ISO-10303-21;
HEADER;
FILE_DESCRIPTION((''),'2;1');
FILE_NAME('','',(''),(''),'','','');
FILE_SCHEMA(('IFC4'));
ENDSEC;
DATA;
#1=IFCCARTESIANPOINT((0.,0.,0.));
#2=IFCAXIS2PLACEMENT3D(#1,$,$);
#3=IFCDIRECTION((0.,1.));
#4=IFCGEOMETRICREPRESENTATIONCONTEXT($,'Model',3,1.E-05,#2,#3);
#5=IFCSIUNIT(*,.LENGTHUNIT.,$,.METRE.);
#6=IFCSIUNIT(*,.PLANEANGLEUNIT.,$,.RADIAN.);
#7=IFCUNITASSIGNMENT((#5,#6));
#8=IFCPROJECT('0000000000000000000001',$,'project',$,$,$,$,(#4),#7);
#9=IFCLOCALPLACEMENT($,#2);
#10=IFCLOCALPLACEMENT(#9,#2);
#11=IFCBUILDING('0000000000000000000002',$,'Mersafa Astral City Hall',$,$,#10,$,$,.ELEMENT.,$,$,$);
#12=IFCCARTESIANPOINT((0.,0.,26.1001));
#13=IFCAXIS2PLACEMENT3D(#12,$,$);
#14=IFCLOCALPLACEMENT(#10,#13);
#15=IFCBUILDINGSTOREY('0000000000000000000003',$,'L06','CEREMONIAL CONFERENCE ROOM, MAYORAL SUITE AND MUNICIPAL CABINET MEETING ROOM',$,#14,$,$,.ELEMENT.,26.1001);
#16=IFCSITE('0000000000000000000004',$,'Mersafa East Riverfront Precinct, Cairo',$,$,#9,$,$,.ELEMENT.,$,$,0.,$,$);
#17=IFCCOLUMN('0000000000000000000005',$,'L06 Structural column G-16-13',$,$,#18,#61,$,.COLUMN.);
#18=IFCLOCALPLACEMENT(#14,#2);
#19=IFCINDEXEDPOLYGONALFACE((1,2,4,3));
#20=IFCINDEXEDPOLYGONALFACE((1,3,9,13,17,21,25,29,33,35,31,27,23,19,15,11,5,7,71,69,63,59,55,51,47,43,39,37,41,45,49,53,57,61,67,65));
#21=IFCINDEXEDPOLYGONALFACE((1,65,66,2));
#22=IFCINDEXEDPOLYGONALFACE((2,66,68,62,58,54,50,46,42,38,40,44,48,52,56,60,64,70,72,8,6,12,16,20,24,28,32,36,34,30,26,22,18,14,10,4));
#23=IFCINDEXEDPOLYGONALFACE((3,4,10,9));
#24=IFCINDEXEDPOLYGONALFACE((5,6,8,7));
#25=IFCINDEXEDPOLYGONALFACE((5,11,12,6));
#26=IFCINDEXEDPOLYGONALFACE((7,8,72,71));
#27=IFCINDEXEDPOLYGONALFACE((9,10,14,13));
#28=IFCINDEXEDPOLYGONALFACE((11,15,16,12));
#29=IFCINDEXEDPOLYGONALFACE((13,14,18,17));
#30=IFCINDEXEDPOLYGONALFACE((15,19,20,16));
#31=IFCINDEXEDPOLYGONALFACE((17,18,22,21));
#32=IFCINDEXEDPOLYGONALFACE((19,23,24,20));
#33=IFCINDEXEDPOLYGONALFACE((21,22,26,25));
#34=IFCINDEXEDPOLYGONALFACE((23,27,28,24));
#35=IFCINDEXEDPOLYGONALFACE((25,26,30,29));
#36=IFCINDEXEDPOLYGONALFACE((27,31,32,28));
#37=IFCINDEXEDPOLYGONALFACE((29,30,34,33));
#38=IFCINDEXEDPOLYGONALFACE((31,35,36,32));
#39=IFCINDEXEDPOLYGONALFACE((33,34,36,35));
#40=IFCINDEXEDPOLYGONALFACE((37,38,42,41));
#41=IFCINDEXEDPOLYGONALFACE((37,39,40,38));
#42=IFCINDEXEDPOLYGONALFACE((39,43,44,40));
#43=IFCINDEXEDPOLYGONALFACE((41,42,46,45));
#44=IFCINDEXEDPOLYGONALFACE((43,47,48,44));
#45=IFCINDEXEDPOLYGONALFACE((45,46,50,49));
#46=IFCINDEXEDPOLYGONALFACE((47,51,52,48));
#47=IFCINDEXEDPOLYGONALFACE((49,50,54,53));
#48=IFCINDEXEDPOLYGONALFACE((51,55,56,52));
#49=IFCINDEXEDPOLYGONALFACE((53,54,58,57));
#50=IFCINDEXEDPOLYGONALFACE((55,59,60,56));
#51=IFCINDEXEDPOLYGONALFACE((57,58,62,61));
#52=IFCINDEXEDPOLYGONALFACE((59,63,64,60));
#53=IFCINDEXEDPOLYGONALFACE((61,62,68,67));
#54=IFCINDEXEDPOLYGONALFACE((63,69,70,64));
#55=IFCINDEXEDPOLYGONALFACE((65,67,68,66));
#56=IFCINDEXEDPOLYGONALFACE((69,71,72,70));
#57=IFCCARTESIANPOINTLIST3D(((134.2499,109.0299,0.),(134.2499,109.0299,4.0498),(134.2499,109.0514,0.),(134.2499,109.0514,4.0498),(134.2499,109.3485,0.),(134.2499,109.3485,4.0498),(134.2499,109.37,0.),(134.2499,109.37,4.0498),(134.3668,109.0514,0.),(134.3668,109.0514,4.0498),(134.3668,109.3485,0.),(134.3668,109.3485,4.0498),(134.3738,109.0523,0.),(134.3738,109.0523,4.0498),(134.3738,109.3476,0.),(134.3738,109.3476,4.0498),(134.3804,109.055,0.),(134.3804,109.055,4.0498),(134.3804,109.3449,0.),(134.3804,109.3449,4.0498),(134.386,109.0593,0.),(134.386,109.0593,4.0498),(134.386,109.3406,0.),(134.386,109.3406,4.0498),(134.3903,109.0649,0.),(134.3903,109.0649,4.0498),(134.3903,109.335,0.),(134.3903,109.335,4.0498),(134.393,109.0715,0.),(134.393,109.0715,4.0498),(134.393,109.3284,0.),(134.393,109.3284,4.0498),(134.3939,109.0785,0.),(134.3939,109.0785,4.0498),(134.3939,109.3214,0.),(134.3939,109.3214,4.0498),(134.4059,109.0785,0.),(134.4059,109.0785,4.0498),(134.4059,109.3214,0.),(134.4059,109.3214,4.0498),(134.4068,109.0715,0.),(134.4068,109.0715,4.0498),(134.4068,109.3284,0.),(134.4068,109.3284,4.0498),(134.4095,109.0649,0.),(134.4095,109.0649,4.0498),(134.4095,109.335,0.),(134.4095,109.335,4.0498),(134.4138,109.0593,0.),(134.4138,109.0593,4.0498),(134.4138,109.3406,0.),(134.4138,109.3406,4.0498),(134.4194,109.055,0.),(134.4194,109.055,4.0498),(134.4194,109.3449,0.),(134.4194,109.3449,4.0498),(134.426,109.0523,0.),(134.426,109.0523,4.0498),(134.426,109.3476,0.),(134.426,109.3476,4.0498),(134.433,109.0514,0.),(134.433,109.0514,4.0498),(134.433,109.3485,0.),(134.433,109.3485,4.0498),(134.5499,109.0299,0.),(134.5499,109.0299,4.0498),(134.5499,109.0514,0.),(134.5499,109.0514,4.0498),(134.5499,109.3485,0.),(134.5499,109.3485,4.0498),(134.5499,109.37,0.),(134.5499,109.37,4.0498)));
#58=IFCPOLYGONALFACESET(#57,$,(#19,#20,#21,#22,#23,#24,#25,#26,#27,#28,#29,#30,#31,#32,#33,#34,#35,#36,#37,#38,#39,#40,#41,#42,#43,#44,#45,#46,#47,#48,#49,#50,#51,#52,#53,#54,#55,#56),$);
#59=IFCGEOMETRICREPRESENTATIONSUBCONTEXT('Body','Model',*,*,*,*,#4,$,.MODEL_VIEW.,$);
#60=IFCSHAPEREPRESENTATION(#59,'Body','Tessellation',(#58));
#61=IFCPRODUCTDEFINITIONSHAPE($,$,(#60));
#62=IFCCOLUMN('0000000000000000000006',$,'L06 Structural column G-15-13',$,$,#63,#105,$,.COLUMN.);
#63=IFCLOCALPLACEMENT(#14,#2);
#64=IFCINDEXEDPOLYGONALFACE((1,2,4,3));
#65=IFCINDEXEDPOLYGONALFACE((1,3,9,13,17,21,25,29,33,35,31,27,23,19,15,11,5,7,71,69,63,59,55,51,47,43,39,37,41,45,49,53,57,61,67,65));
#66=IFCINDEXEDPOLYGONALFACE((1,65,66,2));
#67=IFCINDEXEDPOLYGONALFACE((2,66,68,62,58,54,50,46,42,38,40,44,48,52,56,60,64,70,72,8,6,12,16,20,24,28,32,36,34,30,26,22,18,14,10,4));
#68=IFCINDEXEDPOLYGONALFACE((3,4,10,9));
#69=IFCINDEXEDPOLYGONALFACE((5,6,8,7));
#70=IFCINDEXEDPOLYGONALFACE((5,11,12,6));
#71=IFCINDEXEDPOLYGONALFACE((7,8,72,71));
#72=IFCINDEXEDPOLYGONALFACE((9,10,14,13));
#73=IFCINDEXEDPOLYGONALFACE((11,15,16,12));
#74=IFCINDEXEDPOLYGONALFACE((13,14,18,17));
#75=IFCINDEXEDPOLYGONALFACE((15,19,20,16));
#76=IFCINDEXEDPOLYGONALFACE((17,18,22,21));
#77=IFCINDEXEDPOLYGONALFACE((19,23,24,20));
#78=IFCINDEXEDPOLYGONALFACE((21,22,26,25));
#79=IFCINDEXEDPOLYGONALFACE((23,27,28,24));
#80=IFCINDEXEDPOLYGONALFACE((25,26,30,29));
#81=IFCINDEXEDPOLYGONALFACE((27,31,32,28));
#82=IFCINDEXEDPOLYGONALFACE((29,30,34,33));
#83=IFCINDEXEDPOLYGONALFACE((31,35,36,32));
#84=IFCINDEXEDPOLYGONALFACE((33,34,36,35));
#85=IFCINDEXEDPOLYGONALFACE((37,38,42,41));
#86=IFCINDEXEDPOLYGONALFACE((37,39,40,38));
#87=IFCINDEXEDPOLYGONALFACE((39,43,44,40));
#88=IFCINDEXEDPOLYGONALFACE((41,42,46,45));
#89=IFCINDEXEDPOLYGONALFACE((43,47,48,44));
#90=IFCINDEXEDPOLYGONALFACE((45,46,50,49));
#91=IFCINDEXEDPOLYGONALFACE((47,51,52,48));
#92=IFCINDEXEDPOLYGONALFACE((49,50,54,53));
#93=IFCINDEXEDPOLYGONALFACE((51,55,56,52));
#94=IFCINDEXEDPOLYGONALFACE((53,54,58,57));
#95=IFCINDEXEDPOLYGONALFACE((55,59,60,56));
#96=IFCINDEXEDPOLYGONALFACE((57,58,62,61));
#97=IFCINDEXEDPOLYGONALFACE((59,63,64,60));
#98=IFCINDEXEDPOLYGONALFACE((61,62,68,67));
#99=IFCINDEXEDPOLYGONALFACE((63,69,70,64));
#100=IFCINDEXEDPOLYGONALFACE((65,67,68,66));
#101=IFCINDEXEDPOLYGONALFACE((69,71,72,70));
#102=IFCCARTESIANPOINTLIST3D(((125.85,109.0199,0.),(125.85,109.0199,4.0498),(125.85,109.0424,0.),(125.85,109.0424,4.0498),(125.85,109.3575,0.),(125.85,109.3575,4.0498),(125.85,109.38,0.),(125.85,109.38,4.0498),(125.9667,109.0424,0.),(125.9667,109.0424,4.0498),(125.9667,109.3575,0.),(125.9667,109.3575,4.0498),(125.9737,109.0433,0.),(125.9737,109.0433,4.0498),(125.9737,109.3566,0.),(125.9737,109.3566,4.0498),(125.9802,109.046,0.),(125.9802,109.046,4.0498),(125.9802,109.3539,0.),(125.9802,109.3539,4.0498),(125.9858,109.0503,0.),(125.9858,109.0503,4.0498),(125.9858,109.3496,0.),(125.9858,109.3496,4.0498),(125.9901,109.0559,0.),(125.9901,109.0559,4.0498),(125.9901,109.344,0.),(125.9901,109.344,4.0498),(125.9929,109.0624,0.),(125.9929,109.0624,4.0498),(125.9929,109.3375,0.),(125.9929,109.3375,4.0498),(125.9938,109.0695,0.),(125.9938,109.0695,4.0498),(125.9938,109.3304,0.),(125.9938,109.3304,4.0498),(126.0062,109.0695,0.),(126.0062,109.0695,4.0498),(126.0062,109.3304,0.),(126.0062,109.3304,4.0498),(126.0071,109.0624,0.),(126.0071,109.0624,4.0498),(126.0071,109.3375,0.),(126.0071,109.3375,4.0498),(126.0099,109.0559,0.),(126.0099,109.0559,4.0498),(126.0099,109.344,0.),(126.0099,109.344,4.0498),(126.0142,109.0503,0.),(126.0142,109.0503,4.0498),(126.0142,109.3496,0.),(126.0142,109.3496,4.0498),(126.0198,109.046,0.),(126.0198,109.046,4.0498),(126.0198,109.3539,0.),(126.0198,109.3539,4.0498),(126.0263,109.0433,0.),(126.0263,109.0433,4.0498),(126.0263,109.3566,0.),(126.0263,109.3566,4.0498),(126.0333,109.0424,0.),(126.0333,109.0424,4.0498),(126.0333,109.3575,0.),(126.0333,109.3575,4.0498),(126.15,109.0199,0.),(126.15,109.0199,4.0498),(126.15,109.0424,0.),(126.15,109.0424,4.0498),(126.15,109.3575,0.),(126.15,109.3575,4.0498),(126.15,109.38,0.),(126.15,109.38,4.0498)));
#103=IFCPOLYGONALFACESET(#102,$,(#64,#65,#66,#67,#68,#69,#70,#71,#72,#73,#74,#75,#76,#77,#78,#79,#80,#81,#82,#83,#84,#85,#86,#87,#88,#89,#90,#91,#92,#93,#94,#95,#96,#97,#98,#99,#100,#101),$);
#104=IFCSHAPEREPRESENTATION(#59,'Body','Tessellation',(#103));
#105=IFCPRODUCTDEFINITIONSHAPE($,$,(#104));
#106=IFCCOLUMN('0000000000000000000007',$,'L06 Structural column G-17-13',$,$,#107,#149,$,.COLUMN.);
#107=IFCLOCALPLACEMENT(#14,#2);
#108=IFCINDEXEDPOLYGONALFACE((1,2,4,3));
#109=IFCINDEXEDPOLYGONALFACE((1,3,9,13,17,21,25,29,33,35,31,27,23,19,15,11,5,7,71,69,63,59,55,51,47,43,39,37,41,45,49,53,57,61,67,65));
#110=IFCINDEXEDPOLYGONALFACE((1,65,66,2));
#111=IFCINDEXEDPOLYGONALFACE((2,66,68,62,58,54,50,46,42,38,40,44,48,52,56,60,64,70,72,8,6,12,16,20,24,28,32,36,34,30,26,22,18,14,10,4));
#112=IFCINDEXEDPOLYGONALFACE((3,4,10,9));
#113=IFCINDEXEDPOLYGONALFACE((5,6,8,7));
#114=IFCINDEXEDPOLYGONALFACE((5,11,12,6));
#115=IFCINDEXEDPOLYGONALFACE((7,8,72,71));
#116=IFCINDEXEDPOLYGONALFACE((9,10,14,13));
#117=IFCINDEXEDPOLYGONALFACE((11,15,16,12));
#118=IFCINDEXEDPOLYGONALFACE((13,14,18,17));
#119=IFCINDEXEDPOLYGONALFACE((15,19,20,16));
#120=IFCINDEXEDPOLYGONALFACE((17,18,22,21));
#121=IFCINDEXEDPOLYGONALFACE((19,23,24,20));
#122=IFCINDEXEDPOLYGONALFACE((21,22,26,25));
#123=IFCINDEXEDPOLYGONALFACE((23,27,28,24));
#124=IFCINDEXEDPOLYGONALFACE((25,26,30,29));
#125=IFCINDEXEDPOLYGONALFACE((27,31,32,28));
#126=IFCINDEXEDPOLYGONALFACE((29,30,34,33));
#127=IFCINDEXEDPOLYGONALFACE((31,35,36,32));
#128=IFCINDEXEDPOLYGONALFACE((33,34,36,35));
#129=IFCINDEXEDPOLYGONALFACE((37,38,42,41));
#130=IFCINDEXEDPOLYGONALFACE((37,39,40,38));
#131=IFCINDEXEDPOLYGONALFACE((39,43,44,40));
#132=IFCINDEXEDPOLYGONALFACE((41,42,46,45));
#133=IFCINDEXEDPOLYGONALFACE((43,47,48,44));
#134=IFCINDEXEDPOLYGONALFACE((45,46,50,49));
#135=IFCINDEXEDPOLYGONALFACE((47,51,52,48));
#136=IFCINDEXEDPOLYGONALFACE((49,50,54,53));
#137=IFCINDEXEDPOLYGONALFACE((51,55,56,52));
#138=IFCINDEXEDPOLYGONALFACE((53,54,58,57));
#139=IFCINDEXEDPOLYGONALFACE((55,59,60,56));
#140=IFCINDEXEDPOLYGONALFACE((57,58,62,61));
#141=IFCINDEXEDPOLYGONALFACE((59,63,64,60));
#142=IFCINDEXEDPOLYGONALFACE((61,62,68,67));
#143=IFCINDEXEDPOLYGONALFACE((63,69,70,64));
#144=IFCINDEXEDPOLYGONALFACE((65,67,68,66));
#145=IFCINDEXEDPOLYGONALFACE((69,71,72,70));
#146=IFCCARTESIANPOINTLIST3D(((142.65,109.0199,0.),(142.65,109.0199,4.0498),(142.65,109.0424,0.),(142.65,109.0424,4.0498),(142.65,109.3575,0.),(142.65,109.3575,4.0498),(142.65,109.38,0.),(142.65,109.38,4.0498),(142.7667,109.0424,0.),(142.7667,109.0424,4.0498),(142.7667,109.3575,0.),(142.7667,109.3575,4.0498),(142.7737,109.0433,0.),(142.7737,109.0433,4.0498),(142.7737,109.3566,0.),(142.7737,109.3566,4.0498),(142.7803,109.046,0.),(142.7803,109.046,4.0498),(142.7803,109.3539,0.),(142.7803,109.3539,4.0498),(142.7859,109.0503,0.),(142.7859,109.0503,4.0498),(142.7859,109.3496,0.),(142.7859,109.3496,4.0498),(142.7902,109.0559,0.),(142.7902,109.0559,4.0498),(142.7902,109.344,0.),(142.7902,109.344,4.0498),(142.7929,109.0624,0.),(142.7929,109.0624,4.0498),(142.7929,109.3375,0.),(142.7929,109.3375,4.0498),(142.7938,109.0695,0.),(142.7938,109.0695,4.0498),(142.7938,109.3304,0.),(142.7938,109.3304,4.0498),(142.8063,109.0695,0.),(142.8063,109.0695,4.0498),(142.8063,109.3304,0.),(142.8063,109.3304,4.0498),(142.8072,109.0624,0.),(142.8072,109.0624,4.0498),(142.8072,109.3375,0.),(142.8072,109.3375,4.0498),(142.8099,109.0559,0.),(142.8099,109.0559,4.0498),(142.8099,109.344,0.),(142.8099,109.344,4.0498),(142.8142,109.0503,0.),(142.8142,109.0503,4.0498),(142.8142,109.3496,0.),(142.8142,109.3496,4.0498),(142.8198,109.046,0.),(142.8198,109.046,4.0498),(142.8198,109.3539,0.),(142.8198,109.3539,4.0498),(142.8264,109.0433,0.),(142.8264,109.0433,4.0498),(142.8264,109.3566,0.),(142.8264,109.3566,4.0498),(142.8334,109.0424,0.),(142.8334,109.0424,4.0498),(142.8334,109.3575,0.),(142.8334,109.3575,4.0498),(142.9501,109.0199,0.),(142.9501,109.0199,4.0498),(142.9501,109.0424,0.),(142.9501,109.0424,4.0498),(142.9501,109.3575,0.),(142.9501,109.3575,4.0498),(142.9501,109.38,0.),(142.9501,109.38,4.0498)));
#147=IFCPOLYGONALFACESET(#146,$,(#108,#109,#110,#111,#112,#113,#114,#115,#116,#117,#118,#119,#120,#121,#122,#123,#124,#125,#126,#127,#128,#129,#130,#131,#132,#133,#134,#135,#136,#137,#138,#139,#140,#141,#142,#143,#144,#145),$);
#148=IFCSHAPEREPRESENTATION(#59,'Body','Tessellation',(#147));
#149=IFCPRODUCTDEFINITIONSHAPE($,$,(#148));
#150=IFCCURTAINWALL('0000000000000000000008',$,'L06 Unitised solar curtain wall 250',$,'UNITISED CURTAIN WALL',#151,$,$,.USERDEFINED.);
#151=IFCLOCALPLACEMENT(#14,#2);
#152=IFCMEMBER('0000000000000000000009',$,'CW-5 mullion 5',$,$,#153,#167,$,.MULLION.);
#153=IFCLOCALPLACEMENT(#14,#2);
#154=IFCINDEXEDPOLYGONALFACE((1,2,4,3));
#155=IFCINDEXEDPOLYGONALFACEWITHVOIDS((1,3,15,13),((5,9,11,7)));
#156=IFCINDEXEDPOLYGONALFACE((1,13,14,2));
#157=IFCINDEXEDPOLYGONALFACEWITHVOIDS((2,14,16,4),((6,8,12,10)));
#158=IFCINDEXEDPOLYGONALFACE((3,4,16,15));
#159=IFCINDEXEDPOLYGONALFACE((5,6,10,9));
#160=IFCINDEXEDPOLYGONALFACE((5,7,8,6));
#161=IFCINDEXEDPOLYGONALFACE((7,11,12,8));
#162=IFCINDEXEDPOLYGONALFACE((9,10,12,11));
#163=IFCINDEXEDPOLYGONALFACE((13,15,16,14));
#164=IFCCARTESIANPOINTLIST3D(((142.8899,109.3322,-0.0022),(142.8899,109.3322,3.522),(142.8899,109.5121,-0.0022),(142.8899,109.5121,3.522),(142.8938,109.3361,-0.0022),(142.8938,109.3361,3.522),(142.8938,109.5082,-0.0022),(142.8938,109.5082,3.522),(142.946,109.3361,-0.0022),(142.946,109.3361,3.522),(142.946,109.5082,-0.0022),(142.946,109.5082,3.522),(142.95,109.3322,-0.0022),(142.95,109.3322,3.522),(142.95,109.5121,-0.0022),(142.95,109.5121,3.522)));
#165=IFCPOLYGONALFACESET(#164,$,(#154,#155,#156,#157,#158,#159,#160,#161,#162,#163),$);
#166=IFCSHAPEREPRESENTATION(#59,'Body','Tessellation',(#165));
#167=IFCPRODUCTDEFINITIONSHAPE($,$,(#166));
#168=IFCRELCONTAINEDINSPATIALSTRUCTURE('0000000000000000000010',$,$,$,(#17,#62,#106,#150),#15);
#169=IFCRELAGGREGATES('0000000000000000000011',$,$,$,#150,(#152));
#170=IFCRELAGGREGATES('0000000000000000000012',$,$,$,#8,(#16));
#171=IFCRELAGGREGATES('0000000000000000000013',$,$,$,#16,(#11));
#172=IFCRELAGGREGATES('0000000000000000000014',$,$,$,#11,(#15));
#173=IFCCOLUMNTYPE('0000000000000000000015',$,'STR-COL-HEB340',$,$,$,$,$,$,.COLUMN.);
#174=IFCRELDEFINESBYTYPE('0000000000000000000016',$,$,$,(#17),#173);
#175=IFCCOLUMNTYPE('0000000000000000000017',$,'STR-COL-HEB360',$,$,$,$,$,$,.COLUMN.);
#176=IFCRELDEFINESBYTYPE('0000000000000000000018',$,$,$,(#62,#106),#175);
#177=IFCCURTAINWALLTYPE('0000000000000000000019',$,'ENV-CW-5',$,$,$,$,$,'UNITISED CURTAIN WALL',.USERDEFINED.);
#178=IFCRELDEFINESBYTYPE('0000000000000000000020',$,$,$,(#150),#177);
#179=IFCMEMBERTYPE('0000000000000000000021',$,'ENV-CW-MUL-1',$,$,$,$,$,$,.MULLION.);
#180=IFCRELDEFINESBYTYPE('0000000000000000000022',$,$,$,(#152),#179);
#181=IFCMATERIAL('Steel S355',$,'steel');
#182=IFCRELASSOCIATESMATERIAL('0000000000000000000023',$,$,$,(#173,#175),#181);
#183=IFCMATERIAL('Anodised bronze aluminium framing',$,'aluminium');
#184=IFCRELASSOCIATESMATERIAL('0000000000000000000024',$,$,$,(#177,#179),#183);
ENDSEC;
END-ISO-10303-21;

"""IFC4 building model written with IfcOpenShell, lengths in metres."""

from ifc_helpers import new_model, si_unit, direction, frame, origin, origin_2d, place, context, subcontext, project, spatial, hollow_rectangle, i_section, extrude, material, material_profile, profile_set, type_object, element, aggregate, save


model = new_model("IFC4")

# Units and contexts
model_context = context("Model", 3, precision=1e-05, world=origin(), true_north=direction((0.0, 1.0)))
body_context = subcontext(model_context, "Body", "Model", "MODEL_VIEW")
ifc_project = project(units=[si_unit("LENGTHUNIT", "METRE"), si_unit("PLANEANGLEUNIT", "RADIAN")], contexts=[model_context])

# Site, building, storey
site_placement = place(None, origin())
site = spatial("IfcSite", under=ifc_project, at=site_placement, Name="Mersafa East Riverfront Precinct, Cairo", CompositionType="ELEMENT", RefElevation=0.0)
building_placement = place(site_placement, origin())
building = spatial("IfcBuilding", under=site, at=building_placement, Name="Mersafa Astral City Hall", CompositionType="ELEMENT")
storey_placement = place(building_placement, frame((0.0, 0.0, 26.1001)))
storey = spatial("IfcBuildingStorey", under=building, at=storey_placement, Name="L06", Description="CEREMONIAL CONFERENCE ROOM, MAYORAL SUITE AND MUNICIPAL CABINET MEETING ROOM", CompositionType="ELEMENT", Elevation=26.1001)

# Columns
ifc_material_1 = material(Name="Steel S355", Category="steel")
ifc_material_profile_1 = material_profile(ifc_material_1, i_section(OverallWidth=0.3, OverallDepth=0.3401, WebThickness=0.012, FlangeThickness=0.0215, FilletRadius=0.0271, at=origin_2d()), Name="HEB 340")
ifc_profile_set_1 = profile_set([ifc_material_profile_1], Name="Steel S355")
column_type_1 = type_object("IfcColumnType", Name="STR-COL-HEB340", PredefinedType="COLUMN", material=ifc_profile_set_1)
column_placement = place(storey_placement, frame((134.3999, 109.2, 0.0), z_axis=(0.0, 0.0, 1.0), x_axis=(1.0, 0.0, 0.0)))
element("IfcColumn", 1, at=column_placement, inside=storey, type_object=column_type_1, Name="L06 Structural column G-16-13", PredefinedType="COLUMN", context=body_context, shape_type="SweptSolid", body=[
    extrude(i_section(OverallWidth=0.3, OverallDepth=0.3401, WebThickness=0.012, FlangeThickness=0.0215, FilletRadius=0.0271, at=origin_2d()), origin(), (0.0, 0.0, 1.0), 4.0498),
])
ifc_material_profile_2 = material_profile(ifc_material_1, i_section(OverallWidth=0.3, OverallDepth=0.3601, WebThickness=0.0125, FlangeThickness=0.0225, FilletRadius=0.0271, at=origin_2d()), Name="HEB 360")
ifc_profile_set_2 = profile_set([ifc_material_profile_2], Name="Steel S355")
column_type_2 = type_object("IfcColumnType", Name="STR-COL-HEB360", PredefinedType="COLUMN", material=ifc_profile_set_2)
for number, where, z_axis, x_axis, name in (
    (2, (126.0, 109.2, 0.0), (0.0, 0.0, 1.0), (1.0, 0.0, 0.0), "L06 Structural column G-15-13"),
    (3, (142.8, 109.2, 0.0), (0.0, 0.0, 1.0), (1.0, 0.0, 0.0), "L06 Structural column G-17-13"),
):
    element("IfcColumn", number, at=place(storey_placement, frame(where, z_axis=z_axis, x_axis=x_axis)), inside=storey, type_object=column_type_2, Name=name, PredefinedType="COLUMN", context=body_context, shape_type="SweptSolid", body=[
        extrude(i_section(OverallWidth=0.3, OverallDepth=0.3601, WebThickness=0.0125, FlangeThickness=0.0225, FilletRadius=0.0271, at=origin_2d()), origin(), (0.0, 0.0, 1.0), 4.0498),
    ])

# Curtain wall, member
ifc_material_2 = material(Name="Anodised bronze aluminium framing", Category="aluminium")
curtain_wall_type = type_object("IfcCurtainWallType", Name="ENV-CW-5", ElementType="UNITISED CURTAIN WALL", PredefinedType="USERDEFINED", material=ifc_material_2)
curtain_wall_placement = place(storey_placement, origin())
curtain_wall = element("IfcCurtainWall", 4, at=curtain_wall_placement, inside=storey, type_object=curtain_wall_type, Name="L06 Unitised solar curtain wall 250", ObjectType="UNITISED CURTAIN WALL", PredefinedType="USERDEFINED")
ifc_material_profile_3 = material_profile(ifc_material_2, hollow_rectangle(XDim=0.0601, YDim=0.1799, WallThickness=0.0039, at=origin_2d()), Name="RHS 60x180x4")
ifc_profile_set_3 = profile_set([ifc_material_profile_3], Name="Anodised bronze aluminium framing")
member_type = type_object("IfcMemberType", Name="ENV-CW-MUL-1", PredefinedType="MULLION", material=ifc_profile_set_3)
member_placement = place(storey_placement, frame((142.9199, 109.4221, -0.0022), z_axis=(0.0, 0.0, 1.0), x_axis=(1.0, 0.0, 0.0)))
member = element("IfcMember", 5, at=member_placement, type_object=member_type, Name="CW-5 mullion 5", PredefinedType="MULLION", context=body_context, shape_type="SweptSolid", body=[
    extrude(hollow_rectangle(XDim=0.0601, YDim=0.1799, WallThickness=0.0039, at=origin_2d()), origin(), (0.0, 0.0, 1.0), 3.5242),
])
aggregate(curtain_wall, [member])

save(model, "model.ifc")
